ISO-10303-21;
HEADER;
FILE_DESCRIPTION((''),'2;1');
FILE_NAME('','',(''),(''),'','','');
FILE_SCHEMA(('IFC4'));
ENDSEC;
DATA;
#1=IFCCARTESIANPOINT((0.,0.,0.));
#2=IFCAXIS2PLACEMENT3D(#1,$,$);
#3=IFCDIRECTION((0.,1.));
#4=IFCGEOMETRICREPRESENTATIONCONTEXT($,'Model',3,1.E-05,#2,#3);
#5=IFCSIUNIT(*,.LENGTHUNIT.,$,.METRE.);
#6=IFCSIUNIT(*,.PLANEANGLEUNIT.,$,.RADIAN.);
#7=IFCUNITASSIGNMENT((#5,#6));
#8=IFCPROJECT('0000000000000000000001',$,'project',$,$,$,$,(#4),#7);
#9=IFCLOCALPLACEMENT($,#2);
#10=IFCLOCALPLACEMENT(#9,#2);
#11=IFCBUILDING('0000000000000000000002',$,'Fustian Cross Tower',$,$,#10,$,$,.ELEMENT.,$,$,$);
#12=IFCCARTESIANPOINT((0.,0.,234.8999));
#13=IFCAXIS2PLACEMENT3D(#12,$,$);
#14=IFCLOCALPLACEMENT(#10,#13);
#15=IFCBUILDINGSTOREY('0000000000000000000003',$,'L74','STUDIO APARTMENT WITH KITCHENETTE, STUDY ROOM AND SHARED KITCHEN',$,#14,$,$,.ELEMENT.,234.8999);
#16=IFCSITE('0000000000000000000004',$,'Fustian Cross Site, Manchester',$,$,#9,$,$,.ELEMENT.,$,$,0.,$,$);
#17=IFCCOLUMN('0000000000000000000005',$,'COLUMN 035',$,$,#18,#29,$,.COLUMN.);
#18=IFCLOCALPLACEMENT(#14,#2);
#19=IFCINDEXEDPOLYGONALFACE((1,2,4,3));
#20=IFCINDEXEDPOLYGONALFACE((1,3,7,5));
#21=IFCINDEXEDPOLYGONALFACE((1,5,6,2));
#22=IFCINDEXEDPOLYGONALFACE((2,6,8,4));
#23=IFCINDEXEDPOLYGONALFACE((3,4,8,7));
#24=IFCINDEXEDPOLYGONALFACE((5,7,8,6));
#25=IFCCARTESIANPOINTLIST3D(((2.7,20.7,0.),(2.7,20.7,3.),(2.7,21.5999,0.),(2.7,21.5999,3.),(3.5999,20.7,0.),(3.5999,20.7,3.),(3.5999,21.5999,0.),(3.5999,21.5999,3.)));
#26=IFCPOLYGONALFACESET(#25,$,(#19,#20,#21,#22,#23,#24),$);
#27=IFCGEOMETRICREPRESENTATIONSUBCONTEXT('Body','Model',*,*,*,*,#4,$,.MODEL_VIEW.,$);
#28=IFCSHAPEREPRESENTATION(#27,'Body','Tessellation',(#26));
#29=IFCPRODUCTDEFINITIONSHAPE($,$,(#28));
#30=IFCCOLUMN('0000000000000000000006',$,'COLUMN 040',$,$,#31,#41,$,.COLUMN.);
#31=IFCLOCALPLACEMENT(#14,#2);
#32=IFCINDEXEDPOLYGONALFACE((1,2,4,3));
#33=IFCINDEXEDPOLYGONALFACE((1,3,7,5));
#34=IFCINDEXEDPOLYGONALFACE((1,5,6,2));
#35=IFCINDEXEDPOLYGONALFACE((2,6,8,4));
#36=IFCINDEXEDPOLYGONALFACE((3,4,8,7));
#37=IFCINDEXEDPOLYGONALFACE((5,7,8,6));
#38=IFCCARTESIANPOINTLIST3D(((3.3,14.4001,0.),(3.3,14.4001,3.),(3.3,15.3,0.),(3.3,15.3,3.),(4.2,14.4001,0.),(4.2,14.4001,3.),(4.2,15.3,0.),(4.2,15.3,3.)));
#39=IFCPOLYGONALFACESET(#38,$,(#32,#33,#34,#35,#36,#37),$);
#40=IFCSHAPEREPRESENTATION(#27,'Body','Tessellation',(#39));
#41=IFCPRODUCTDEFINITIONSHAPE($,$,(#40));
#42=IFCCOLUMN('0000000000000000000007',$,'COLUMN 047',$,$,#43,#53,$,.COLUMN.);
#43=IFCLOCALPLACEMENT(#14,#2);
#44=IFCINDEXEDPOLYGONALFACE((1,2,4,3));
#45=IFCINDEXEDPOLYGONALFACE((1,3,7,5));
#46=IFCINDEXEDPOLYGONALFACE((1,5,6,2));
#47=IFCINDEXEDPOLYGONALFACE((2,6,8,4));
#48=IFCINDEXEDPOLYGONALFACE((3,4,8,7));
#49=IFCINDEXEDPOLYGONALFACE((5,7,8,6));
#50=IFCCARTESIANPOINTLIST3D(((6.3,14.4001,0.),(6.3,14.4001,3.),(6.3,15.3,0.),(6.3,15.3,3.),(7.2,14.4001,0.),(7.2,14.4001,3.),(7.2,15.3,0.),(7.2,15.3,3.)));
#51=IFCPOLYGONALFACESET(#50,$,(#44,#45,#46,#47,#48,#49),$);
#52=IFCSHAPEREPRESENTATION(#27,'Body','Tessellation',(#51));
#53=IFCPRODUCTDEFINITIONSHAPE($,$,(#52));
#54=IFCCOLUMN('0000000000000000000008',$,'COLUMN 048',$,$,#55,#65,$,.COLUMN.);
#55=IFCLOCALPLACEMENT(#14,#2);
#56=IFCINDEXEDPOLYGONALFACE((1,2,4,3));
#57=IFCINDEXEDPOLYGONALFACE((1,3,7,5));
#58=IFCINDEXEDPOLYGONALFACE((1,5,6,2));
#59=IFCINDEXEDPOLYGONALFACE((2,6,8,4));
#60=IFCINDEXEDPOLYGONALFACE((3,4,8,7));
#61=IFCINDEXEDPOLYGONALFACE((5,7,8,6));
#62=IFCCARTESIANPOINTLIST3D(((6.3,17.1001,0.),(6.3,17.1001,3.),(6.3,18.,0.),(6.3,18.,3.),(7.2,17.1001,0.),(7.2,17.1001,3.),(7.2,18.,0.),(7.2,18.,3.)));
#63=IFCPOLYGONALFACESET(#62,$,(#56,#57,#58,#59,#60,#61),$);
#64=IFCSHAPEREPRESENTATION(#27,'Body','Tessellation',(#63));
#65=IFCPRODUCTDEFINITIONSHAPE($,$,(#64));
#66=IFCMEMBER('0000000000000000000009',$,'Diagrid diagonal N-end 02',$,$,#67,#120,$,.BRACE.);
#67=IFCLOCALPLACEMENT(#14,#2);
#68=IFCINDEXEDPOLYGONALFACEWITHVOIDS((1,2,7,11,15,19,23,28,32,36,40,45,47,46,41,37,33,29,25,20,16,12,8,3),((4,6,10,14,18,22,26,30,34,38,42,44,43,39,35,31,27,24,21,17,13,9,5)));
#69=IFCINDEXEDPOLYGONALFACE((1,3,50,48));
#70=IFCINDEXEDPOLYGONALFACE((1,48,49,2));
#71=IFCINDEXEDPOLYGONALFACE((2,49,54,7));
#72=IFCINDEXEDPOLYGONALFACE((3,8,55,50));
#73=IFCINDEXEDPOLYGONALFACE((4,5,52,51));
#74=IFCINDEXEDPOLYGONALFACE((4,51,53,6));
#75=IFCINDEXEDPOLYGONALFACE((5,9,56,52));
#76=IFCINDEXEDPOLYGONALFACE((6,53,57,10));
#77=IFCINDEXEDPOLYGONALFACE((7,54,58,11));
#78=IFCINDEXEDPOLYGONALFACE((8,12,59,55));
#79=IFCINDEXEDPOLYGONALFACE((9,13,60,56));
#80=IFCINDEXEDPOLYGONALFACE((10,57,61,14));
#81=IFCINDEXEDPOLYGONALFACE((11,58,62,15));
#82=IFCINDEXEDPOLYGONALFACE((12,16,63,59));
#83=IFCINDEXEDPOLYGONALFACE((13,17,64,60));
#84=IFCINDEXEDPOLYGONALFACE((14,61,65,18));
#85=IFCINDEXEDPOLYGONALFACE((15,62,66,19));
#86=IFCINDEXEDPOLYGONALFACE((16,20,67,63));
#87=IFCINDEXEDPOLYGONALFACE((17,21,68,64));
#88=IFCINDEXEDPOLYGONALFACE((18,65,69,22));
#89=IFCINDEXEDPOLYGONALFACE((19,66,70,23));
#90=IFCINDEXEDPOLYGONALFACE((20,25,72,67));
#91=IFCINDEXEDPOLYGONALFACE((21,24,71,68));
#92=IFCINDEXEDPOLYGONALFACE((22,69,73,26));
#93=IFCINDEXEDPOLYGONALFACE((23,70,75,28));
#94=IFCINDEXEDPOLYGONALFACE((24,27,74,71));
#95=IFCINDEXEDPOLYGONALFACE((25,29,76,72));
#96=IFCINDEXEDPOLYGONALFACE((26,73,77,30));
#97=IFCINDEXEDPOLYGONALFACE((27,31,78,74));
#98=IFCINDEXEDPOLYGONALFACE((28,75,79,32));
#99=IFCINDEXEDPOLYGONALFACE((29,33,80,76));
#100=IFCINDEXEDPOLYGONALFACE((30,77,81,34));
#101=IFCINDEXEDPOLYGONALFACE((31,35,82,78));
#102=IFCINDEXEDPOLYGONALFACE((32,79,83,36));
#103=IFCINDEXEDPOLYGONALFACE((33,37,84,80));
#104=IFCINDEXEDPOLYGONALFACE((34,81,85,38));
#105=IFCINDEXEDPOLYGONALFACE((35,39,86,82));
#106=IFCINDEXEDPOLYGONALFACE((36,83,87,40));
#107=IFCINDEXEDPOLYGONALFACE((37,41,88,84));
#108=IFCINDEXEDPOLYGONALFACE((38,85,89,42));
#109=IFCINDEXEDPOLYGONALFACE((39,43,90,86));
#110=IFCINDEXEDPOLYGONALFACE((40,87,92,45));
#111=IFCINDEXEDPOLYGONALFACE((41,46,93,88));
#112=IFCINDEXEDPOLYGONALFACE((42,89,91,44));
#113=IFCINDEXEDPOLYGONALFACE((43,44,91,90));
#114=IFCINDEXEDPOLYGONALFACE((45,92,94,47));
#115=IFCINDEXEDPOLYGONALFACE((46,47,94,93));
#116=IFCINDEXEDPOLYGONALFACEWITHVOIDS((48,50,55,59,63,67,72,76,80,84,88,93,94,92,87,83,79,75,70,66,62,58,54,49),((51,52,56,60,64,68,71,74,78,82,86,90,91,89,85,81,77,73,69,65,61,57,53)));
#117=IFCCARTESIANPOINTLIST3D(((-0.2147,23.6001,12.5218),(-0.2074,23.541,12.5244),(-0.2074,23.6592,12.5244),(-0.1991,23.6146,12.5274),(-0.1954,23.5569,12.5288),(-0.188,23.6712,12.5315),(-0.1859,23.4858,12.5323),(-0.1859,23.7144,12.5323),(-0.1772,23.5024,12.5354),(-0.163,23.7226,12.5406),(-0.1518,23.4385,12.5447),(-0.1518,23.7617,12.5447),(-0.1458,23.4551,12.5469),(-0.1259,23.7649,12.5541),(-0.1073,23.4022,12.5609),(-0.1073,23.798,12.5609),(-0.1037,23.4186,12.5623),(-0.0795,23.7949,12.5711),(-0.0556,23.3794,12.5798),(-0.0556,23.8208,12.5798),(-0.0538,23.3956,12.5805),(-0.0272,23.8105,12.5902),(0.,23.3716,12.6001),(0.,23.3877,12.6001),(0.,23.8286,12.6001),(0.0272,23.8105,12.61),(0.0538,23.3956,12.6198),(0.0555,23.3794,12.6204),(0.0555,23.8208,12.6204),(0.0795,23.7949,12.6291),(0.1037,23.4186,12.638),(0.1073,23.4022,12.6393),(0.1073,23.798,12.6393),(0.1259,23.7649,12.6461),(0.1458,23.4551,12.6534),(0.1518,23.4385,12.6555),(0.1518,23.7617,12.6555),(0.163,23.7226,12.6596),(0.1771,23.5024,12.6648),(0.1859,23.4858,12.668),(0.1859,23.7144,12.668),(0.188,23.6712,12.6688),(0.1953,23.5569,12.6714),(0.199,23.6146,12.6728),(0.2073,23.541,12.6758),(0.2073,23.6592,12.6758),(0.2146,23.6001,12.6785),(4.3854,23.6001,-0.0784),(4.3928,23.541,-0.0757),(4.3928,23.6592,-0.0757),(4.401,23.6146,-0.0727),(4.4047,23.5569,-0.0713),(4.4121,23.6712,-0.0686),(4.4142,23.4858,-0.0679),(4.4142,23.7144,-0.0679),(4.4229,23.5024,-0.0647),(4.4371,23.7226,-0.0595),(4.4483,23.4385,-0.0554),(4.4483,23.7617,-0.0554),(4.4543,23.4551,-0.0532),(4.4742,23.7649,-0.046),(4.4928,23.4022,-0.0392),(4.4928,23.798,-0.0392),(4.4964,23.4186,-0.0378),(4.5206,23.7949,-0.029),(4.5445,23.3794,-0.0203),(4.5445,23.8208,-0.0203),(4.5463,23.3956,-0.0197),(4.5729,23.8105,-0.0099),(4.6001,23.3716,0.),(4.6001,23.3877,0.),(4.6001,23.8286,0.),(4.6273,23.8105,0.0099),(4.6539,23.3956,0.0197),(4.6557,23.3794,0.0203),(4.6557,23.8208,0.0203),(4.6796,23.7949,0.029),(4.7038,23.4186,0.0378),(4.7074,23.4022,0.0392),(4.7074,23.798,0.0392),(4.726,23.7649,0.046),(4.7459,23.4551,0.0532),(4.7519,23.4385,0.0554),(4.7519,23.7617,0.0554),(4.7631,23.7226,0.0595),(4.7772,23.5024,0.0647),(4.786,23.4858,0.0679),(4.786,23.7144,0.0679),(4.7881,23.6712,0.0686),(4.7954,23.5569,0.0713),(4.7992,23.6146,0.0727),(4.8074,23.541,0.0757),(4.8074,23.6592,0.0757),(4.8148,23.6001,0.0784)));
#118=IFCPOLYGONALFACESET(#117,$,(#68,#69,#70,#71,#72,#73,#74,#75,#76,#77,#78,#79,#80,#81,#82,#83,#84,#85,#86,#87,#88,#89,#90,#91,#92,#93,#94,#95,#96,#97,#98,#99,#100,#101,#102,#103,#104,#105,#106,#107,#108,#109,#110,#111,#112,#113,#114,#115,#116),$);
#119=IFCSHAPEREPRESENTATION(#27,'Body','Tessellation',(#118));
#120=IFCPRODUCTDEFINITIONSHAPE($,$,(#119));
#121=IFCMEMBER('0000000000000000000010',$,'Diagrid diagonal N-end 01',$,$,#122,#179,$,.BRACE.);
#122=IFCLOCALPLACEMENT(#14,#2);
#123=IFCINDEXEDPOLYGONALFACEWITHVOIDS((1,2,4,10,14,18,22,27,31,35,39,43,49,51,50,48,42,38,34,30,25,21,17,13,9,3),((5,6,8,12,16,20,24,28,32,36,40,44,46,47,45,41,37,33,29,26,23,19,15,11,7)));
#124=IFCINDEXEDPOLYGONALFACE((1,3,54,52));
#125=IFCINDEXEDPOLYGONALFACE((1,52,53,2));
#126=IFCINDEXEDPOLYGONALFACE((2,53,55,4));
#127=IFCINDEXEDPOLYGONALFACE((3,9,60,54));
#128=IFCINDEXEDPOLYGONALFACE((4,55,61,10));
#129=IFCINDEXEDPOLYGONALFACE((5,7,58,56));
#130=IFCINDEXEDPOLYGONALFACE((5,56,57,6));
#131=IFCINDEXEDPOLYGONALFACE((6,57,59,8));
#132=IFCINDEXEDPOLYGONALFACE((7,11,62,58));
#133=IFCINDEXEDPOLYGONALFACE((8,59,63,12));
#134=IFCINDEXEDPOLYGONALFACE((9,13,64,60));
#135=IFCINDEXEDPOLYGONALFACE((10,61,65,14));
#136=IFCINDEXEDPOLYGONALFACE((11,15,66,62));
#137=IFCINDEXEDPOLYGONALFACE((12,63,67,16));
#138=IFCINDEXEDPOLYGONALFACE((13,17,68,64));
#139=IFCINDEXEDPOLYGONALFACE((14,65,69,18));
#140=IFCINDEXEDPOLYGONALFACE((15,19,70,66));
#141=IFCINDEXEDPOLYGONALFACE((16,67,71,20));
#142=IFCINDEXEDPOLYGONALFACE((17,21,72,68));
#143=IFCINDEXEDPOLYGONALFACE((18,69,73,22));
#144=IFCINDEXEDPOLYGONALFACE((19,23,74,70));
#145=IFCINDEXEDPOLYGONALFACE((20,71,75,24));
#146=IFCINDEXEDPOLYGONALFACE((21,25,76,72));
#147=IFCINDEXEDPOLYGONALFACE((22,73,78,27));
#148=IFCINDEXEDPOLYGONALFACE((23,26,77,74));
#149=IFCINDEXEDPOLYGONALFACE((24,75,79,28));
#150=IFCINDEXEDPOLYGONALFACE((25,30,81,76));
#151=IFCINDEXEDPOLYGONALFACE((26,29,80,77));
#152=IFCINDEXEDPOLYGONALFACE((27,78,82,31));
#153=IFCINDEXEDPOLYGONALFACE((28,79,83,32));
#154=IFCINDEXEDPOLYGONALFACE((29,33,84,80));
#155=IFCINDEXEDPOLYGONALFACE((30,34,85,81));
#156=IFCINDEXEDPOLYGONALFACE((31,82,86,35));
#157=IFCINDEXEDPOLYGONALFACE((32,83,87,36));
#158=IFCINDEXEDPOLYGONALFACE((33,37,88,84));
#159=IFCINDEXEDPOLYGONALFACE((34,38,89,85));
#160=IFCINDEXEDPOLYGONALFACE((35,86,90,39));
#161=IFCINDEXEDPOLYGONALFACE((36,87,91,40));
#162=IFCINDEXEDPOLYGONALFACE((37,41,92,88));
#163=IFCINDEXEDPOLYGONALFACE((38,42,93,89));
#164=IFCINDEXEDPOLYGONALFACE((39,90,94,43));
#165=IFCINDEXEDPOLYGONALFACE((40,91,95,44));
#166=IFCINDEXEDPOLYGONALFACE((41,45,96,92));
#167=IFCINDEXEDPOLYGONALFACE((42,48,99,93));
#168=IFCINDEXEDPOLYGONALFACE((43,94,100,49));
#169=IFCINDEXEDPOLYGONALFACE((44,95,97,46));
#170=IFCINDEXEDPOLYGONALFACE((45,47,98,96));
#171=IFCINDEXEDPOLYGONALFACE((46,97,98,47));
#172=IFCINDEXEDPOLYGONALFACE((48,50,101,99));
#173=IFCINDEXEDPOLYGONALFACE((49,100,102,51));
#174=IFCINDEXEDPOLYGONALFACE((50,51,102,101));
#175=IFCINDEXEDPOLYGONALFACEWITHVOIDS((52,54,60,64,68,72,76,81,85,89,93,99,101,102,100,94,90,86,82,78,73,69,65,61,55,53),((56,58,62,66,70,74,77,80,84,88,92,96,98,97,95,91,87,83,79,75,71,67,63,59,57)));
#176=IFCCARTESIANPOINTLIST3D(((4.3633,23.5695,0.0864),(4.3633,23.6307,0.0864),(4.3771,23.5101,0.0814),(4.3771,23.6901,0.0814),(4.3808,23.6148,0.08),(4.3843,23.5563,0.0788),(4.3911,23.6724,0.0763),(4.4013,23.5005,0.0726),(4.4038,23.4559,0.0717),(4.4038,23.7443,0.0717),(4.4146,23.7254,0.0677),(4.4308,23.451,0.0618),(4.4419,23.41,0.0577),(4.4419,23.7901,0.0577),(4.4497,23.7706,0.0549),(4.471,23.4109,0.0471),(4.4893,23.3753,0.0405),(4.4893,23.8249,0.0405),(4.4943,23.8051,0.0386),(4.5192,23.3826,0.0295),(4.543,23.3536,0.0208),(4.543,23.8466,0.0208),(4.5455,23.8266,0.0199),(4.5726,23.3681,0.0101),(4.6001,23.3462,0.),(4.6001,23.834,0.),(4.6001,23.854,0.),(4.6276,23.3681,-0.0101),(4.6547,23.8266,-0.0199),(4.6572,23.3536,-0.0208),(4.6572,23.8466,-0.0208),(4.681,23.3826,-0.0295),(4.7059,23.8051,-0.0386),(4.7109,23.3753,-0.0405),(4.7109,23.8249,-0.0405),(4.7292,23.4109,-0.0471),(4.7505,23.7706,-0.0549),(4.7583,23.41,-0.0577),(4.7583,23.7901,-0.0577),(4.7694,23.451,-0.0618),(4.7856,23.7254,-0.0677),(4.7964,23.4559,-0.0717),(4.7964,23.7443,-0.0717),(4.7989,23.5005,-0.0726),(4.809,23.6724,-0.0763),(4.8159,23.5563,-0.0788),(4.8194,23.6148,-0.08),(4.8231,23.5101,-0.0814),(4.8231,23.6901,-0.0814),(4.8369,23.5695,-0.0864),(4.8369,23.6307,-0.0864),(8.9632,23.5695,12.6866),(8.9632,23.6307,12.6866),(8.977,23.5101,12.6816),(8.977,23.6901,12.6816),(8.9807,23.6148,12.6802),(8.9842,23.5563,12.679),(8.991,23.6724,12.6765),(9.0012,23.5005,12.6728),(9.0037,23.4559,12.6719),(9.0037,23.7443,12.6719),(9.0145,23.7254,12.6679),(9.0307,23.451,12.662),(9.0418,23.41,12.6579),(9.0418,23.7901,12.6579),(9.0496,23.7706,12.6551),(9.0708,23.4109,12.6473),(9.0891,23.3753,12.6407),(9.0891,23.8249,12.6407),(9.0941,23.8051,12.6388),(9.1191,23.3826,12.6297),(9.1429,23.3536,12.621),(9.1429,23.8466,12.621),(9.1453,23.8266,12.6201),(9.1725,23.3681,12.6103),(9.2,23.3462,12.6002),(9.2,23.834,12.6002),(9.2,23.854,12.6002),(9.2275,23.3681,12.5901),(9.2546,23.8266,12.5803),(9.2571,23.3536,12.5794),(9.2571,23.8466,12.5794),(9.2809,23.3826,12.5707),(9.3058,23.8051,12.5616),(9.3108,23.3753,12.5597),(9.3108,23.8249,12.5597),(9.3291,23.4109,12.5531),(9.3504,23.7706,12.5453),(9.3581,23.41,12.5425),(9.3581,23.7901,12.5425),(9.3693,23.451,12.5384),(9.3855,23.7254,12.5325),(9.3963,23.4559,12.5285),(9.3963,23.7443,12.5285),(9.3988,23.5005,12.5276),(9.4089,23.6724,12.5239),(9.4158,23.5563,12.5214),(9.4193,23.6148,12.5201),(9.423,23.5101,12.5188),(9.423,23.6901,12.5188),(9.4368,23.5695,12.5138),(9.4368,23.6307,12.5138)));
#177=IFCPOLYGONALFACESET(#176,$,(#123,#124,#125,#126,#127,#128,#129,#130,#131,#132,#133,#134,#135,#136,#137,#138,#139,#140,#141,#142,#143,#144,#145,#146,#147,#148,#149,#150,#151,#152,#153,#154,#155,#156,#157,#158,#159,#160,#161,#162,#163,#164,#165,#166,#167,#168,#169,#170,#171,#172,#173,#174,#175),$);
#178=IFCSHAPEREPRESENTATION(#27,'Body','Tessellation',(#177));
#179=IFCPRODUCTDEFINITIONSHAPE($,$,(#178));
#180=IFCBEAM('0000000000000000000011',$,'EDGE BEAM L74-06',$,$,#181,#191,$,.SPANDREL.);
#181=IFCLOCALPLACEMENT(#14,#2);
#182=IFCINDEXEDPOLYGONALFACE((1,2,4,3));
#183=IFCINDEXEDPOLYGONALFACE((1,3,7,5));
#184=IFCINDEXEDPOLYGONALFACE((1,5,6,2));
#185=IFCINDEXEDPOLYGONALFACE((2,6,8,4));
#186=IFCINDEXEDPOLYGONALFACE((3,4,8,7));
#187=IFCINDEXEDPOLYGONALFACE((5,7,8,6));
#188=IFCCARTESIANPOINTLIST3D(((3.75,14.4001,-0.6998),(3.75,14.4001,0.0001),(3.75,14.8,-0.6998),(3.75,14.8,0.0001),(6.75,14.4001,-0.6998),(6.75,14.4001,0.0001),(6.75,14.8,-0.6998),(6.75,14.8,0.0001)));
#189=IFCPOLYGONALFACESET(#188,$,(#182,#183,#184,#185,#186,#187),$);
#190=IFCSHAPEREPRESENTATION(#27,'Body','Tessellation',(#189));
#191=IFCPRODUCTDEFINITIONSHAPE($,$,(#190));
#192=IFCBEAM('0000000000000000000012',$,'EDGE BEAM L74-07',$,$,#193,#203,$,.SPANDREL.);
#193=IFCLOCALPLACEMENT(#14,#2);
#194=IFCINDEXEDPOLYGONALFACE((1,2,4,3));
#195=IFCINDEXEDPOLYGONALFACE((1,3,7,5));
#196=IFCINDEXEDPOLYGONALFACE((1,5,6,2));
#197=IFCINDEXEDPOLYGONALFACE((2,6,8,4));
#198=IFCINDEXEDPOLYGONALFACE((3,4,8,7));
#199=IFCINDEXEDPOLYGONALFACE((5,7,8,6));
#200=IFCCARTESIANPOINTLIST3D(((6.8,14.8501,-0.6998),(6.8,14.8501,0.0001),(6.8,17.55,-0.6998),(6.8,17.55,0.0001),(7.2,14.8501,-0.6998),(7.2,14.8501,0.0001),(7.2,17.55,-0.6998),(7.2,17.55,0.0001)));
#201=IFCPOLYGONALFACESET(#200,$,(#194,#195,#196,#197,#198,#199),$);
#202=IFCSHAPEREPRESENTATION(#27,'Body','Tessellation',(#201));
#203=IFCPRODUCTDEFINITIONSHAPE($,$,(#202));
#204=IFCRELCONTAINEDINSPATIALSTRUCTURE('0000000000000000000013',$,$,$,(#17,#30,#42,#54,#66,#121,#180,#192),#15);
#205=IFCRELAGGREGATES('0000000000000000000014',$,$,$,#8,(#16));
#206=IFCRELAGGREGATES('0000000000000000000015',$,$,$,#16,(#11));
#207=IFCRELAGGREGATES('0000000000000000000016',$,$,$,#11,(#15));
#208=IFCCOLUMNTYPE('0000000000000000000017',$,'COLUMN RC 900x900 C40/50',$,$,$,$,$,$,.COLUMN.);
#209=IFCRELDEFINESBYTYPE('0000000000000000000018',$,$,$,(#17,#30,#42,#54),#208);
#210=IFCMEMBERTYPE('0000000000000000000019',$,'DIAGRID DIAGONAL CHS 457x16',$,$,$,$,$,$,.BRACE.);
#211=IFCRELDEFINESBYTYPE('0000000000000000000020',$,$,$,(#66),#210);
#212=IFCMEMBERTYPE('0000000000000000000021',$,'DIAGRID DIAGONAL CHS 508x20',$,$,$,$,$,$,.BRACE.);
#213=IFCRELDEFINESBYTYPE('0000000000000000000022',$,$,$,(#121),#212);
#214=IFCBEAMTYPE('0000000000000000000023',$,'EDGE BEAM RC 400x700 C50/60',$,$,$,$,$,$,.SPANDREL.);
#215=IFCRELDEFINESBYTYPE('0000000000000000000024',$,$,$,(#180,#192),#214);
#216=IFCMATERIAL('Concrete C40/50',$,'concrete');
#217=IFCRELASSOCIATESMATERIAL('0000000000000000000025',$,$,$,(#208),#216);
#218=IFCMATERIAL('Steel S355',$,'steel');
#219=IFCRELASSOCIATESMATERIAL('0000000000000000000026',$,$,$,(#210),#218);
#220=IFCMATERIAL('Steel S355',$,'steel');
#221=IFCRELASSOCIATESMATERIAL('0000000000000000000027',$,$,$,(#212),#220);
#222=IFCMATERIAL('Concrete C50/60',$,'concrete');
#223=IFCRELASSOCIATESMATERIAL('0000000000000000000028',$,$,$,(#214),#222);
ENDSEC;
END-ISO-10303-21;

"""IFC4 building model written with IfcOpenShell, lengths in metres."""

from ifc_helpers import new_model, si_unit, direction, frame, origin, origin_2d, place, context, subcontext, project, spatial, rectangle, hollow_circle, extrude, material, material_profile, profile_set, type_object, element, save


model = new_model("IFC4")

# Units and contexts
model_context = context("Model", 3, precision=1e-05, world=origin(), true_north=direction((0.0, 1.0)))
body_context = subcontext(model_context, "Body", "Model", "MODEL_VIEW")
ifc_project = project(units=[si_unit("LENGTHUNIT", "METRE"), si_unit("PLANEANGLEUNIT", "RADIAN")], contexts=[model_context])

# Site, building, storey
site_placement = place(None, origin())
site = spatial("IfcSite", under=ifc_project, at=site_placement, Name="Fustian Cross Site, Manchester", CompositionType="ELEMENT", RefElevation=0.0)
building_placement = place(site_placement, origin())
building = spatial("IfcBuilding", under=site, at=building_placement, Name="Fustian Cross Tower", CompositionType="ELEMENT")
storey_placement = place(building_placement, frame((0.0, 0.0, 234.8999)))
storey = spatial("IfcBuildingStorey", under=building, at=storey_placement, Name="L74", Description="STUDIO APARTMENT WITH KITCHENETTE, STUDY ROOM AND SHARED KITCHEN", CompositionType="ELEMENT", Elevation=234.8999)

# Columns
ifc_material_1 = material(Name="Concrete C40/50", Category="concrete")
ifc_material_profile_1 = material_profile(ifc_material_1, rectangle(XDim=0.8999, YDim=0.8999, at=origin_2d()), Name="RC 900x900")
ifc_profile_set_1 = profile_set([ifc_material_profile_1], Name="Concrete C40/50")
column_type = type_object("IfcColumnType", Name="COLUMN RC 900x900 C40/50", PredefinedType="COLUMN", material=ifc_profile_set_1)
for number, where, z_axis, x_axis, name in (
    (1, (3.1499, 21.1499, 0.0), (0.0, 0.0, 1.0), (1.0, 0.0, 0.0), "COLUMN 035"),
    (2, (3.75, 14.8501, 0.0), (0.0, 0.0, 1.0), (1.0, 0.0, 0.0), "COLUMN 040"),
    (3, (6.75, 14.8501, 0.0), (0.0, 0.0, 1.0), (1.0, 0.0, 0.0), "COLUMN 047"),
    (4, (6.75, 17.55, 0.0), (0.0, 0.0, 1.0), (1.0, 0.0, 0.0), "COLUMN 048"),
):
    element("IfcColumn", number, at=place(storey_placement, frame(where, z_axis=z_axis, x_axis=x_axis)), inside=storey, type_object=column_type, Name=name, PredefinedType="COLUMN", context=body_context, shape_type="SweptSolid", body=[
        extrude(rectangle(XDim=0.8999, YDim=0.8999, at=origin_2d()), origin(), (0.0, 0.0, 1.0), 3.0),
    ])

# Members
ifc_material_2 = material(Name="Steel S355", Category="steel")
ifc_material_profile_2 = material_profile(ifc_material_2, hollow_circle(Radius=0.2285, WallThickness=0.0161, at=origin_2d()), Name="CHS 457x16")
ifc_profile_set_2 = profile_set([ifc_material_profile_2], Name="Steel S355")
member_type_1 = type_object("IfcMemberType", Name="DIAGRID DIAGONAL CHS 457x16", PredefinedType="BRACE", material=ifc_profile_set_2)
member_1_placement = place(storey_placement, frame((4.6001, 23.6001, 0.0), z_axis=(-0.342944, 0.0, 0.939356), x_axis=(0.0, -1.0, 0.0)))
element("IfcMember", 5, at=member_1_placement, inside=storey, type_object=member_type_1, Name="Diagrid diagonal N-end 02", PredefinedType="BRACE", context=body_context, shape_type="SweptSolid", body=[
    extrude(hollow_circle(Radius=0.2285, WallThickness=0.0161, at=origin_2d()), origin(), (0.0, 0.0, 1.0), 13.4136),
])
ifc_material_3 = material(Name="Steel S355", Category="steel")
ifc_material_profile_3 = material_profile(ifc_material_3, hollow_circle(Radius=0.2539, WallThickness=0.02, at=origin_2d()), Name="CHS 508x20")
ifc_profile_set_3 = profile_set([ifc_material_profile_3], Name="Steel S355")
member_type_2 = type_object("IfcMemberType", Name="DIAGRID DIAGONAL CHS 508x20", PredefinedType="BRACE", material=ifc_profile_set_3)
member_2_placement = place(storey_placement, frame((4.6001, 23.6001, 0.0), z_axis=(0.342928, 0.0, 0.939362), x_axis=(0.0, 1.0, 0.0)))
element("IfcMember", 6, at=member_2_placement, inside=storey, type_object=member_type_2, Name="Diagrid diagonal N-end 01", PredefinedType="BRACE", context=body_context, shape_type="SweptSolid", body=[
    extrude(hollow_circle(Radius=0.2539, WallThickness=0.02, at=origin_2d()), origin(), (0.0, 0.0, 1.0), 13.4136),
])

# Beams
ifc_material_4 = material(Name="Concrete C50/60", Category="concrete")
ifc_material_profile_4 = material_profile(ifc_material_4, rectangle(XDim=0.3999, YDim=0.7, at=origin_2d()), Name="RC 400x700")
ifc_profile_set_4 = profile_set([ifc_material_profile_4], Name="Concrete C50/60")
beam_type = type_object("IfcBeamType", Name="EDGE BEAM RC 400x700 C50/60", PredefinedType="SPANDREL", material=ifc_profile_set_4)
beam_1_placement = place(storey_placement, frame((3.75, 14.6001, -0.3499), z_axis=(1.0, 0.0, 0.0), x_axis=(0.0, 1.0, 0.0)))
element("IfcBeam", 7, at=beam_1_placement, inside=storey, type_object=beam_type, Name="EDGE BEAM L74-06", PredefinedType="SPANDREL", context=body_context, shape_type="SweptSolid", body=[
    extrude(rectangle(XDim=0.3999, YDim=0.7, at=origin_2d()), origin(), (0.0, 0.0, 1.0), 3.0),
])
beam_2_placement = place(storey_placement, frame((7.0, 14.8501, -0.3499), z_axis=(0.0, 1.0, 0.0), x_axis=(-1.0, 0.0, 0.0)))
element("IfcBeam", 8, at=beam_2_placement, inside=storey, type_object=beam_type, Name="EDGE BEAM L74-07", PredefinedType="SPANDREL", context=body_context, shape_type="SweptSolid", body=[
    extrude(rectangle(XDim=0.3999, YDim=0.7, at=origin_2d()), origin(), (0.0, 0.0, 1.0), 2.7),
])

save(model, "model.ifc")
